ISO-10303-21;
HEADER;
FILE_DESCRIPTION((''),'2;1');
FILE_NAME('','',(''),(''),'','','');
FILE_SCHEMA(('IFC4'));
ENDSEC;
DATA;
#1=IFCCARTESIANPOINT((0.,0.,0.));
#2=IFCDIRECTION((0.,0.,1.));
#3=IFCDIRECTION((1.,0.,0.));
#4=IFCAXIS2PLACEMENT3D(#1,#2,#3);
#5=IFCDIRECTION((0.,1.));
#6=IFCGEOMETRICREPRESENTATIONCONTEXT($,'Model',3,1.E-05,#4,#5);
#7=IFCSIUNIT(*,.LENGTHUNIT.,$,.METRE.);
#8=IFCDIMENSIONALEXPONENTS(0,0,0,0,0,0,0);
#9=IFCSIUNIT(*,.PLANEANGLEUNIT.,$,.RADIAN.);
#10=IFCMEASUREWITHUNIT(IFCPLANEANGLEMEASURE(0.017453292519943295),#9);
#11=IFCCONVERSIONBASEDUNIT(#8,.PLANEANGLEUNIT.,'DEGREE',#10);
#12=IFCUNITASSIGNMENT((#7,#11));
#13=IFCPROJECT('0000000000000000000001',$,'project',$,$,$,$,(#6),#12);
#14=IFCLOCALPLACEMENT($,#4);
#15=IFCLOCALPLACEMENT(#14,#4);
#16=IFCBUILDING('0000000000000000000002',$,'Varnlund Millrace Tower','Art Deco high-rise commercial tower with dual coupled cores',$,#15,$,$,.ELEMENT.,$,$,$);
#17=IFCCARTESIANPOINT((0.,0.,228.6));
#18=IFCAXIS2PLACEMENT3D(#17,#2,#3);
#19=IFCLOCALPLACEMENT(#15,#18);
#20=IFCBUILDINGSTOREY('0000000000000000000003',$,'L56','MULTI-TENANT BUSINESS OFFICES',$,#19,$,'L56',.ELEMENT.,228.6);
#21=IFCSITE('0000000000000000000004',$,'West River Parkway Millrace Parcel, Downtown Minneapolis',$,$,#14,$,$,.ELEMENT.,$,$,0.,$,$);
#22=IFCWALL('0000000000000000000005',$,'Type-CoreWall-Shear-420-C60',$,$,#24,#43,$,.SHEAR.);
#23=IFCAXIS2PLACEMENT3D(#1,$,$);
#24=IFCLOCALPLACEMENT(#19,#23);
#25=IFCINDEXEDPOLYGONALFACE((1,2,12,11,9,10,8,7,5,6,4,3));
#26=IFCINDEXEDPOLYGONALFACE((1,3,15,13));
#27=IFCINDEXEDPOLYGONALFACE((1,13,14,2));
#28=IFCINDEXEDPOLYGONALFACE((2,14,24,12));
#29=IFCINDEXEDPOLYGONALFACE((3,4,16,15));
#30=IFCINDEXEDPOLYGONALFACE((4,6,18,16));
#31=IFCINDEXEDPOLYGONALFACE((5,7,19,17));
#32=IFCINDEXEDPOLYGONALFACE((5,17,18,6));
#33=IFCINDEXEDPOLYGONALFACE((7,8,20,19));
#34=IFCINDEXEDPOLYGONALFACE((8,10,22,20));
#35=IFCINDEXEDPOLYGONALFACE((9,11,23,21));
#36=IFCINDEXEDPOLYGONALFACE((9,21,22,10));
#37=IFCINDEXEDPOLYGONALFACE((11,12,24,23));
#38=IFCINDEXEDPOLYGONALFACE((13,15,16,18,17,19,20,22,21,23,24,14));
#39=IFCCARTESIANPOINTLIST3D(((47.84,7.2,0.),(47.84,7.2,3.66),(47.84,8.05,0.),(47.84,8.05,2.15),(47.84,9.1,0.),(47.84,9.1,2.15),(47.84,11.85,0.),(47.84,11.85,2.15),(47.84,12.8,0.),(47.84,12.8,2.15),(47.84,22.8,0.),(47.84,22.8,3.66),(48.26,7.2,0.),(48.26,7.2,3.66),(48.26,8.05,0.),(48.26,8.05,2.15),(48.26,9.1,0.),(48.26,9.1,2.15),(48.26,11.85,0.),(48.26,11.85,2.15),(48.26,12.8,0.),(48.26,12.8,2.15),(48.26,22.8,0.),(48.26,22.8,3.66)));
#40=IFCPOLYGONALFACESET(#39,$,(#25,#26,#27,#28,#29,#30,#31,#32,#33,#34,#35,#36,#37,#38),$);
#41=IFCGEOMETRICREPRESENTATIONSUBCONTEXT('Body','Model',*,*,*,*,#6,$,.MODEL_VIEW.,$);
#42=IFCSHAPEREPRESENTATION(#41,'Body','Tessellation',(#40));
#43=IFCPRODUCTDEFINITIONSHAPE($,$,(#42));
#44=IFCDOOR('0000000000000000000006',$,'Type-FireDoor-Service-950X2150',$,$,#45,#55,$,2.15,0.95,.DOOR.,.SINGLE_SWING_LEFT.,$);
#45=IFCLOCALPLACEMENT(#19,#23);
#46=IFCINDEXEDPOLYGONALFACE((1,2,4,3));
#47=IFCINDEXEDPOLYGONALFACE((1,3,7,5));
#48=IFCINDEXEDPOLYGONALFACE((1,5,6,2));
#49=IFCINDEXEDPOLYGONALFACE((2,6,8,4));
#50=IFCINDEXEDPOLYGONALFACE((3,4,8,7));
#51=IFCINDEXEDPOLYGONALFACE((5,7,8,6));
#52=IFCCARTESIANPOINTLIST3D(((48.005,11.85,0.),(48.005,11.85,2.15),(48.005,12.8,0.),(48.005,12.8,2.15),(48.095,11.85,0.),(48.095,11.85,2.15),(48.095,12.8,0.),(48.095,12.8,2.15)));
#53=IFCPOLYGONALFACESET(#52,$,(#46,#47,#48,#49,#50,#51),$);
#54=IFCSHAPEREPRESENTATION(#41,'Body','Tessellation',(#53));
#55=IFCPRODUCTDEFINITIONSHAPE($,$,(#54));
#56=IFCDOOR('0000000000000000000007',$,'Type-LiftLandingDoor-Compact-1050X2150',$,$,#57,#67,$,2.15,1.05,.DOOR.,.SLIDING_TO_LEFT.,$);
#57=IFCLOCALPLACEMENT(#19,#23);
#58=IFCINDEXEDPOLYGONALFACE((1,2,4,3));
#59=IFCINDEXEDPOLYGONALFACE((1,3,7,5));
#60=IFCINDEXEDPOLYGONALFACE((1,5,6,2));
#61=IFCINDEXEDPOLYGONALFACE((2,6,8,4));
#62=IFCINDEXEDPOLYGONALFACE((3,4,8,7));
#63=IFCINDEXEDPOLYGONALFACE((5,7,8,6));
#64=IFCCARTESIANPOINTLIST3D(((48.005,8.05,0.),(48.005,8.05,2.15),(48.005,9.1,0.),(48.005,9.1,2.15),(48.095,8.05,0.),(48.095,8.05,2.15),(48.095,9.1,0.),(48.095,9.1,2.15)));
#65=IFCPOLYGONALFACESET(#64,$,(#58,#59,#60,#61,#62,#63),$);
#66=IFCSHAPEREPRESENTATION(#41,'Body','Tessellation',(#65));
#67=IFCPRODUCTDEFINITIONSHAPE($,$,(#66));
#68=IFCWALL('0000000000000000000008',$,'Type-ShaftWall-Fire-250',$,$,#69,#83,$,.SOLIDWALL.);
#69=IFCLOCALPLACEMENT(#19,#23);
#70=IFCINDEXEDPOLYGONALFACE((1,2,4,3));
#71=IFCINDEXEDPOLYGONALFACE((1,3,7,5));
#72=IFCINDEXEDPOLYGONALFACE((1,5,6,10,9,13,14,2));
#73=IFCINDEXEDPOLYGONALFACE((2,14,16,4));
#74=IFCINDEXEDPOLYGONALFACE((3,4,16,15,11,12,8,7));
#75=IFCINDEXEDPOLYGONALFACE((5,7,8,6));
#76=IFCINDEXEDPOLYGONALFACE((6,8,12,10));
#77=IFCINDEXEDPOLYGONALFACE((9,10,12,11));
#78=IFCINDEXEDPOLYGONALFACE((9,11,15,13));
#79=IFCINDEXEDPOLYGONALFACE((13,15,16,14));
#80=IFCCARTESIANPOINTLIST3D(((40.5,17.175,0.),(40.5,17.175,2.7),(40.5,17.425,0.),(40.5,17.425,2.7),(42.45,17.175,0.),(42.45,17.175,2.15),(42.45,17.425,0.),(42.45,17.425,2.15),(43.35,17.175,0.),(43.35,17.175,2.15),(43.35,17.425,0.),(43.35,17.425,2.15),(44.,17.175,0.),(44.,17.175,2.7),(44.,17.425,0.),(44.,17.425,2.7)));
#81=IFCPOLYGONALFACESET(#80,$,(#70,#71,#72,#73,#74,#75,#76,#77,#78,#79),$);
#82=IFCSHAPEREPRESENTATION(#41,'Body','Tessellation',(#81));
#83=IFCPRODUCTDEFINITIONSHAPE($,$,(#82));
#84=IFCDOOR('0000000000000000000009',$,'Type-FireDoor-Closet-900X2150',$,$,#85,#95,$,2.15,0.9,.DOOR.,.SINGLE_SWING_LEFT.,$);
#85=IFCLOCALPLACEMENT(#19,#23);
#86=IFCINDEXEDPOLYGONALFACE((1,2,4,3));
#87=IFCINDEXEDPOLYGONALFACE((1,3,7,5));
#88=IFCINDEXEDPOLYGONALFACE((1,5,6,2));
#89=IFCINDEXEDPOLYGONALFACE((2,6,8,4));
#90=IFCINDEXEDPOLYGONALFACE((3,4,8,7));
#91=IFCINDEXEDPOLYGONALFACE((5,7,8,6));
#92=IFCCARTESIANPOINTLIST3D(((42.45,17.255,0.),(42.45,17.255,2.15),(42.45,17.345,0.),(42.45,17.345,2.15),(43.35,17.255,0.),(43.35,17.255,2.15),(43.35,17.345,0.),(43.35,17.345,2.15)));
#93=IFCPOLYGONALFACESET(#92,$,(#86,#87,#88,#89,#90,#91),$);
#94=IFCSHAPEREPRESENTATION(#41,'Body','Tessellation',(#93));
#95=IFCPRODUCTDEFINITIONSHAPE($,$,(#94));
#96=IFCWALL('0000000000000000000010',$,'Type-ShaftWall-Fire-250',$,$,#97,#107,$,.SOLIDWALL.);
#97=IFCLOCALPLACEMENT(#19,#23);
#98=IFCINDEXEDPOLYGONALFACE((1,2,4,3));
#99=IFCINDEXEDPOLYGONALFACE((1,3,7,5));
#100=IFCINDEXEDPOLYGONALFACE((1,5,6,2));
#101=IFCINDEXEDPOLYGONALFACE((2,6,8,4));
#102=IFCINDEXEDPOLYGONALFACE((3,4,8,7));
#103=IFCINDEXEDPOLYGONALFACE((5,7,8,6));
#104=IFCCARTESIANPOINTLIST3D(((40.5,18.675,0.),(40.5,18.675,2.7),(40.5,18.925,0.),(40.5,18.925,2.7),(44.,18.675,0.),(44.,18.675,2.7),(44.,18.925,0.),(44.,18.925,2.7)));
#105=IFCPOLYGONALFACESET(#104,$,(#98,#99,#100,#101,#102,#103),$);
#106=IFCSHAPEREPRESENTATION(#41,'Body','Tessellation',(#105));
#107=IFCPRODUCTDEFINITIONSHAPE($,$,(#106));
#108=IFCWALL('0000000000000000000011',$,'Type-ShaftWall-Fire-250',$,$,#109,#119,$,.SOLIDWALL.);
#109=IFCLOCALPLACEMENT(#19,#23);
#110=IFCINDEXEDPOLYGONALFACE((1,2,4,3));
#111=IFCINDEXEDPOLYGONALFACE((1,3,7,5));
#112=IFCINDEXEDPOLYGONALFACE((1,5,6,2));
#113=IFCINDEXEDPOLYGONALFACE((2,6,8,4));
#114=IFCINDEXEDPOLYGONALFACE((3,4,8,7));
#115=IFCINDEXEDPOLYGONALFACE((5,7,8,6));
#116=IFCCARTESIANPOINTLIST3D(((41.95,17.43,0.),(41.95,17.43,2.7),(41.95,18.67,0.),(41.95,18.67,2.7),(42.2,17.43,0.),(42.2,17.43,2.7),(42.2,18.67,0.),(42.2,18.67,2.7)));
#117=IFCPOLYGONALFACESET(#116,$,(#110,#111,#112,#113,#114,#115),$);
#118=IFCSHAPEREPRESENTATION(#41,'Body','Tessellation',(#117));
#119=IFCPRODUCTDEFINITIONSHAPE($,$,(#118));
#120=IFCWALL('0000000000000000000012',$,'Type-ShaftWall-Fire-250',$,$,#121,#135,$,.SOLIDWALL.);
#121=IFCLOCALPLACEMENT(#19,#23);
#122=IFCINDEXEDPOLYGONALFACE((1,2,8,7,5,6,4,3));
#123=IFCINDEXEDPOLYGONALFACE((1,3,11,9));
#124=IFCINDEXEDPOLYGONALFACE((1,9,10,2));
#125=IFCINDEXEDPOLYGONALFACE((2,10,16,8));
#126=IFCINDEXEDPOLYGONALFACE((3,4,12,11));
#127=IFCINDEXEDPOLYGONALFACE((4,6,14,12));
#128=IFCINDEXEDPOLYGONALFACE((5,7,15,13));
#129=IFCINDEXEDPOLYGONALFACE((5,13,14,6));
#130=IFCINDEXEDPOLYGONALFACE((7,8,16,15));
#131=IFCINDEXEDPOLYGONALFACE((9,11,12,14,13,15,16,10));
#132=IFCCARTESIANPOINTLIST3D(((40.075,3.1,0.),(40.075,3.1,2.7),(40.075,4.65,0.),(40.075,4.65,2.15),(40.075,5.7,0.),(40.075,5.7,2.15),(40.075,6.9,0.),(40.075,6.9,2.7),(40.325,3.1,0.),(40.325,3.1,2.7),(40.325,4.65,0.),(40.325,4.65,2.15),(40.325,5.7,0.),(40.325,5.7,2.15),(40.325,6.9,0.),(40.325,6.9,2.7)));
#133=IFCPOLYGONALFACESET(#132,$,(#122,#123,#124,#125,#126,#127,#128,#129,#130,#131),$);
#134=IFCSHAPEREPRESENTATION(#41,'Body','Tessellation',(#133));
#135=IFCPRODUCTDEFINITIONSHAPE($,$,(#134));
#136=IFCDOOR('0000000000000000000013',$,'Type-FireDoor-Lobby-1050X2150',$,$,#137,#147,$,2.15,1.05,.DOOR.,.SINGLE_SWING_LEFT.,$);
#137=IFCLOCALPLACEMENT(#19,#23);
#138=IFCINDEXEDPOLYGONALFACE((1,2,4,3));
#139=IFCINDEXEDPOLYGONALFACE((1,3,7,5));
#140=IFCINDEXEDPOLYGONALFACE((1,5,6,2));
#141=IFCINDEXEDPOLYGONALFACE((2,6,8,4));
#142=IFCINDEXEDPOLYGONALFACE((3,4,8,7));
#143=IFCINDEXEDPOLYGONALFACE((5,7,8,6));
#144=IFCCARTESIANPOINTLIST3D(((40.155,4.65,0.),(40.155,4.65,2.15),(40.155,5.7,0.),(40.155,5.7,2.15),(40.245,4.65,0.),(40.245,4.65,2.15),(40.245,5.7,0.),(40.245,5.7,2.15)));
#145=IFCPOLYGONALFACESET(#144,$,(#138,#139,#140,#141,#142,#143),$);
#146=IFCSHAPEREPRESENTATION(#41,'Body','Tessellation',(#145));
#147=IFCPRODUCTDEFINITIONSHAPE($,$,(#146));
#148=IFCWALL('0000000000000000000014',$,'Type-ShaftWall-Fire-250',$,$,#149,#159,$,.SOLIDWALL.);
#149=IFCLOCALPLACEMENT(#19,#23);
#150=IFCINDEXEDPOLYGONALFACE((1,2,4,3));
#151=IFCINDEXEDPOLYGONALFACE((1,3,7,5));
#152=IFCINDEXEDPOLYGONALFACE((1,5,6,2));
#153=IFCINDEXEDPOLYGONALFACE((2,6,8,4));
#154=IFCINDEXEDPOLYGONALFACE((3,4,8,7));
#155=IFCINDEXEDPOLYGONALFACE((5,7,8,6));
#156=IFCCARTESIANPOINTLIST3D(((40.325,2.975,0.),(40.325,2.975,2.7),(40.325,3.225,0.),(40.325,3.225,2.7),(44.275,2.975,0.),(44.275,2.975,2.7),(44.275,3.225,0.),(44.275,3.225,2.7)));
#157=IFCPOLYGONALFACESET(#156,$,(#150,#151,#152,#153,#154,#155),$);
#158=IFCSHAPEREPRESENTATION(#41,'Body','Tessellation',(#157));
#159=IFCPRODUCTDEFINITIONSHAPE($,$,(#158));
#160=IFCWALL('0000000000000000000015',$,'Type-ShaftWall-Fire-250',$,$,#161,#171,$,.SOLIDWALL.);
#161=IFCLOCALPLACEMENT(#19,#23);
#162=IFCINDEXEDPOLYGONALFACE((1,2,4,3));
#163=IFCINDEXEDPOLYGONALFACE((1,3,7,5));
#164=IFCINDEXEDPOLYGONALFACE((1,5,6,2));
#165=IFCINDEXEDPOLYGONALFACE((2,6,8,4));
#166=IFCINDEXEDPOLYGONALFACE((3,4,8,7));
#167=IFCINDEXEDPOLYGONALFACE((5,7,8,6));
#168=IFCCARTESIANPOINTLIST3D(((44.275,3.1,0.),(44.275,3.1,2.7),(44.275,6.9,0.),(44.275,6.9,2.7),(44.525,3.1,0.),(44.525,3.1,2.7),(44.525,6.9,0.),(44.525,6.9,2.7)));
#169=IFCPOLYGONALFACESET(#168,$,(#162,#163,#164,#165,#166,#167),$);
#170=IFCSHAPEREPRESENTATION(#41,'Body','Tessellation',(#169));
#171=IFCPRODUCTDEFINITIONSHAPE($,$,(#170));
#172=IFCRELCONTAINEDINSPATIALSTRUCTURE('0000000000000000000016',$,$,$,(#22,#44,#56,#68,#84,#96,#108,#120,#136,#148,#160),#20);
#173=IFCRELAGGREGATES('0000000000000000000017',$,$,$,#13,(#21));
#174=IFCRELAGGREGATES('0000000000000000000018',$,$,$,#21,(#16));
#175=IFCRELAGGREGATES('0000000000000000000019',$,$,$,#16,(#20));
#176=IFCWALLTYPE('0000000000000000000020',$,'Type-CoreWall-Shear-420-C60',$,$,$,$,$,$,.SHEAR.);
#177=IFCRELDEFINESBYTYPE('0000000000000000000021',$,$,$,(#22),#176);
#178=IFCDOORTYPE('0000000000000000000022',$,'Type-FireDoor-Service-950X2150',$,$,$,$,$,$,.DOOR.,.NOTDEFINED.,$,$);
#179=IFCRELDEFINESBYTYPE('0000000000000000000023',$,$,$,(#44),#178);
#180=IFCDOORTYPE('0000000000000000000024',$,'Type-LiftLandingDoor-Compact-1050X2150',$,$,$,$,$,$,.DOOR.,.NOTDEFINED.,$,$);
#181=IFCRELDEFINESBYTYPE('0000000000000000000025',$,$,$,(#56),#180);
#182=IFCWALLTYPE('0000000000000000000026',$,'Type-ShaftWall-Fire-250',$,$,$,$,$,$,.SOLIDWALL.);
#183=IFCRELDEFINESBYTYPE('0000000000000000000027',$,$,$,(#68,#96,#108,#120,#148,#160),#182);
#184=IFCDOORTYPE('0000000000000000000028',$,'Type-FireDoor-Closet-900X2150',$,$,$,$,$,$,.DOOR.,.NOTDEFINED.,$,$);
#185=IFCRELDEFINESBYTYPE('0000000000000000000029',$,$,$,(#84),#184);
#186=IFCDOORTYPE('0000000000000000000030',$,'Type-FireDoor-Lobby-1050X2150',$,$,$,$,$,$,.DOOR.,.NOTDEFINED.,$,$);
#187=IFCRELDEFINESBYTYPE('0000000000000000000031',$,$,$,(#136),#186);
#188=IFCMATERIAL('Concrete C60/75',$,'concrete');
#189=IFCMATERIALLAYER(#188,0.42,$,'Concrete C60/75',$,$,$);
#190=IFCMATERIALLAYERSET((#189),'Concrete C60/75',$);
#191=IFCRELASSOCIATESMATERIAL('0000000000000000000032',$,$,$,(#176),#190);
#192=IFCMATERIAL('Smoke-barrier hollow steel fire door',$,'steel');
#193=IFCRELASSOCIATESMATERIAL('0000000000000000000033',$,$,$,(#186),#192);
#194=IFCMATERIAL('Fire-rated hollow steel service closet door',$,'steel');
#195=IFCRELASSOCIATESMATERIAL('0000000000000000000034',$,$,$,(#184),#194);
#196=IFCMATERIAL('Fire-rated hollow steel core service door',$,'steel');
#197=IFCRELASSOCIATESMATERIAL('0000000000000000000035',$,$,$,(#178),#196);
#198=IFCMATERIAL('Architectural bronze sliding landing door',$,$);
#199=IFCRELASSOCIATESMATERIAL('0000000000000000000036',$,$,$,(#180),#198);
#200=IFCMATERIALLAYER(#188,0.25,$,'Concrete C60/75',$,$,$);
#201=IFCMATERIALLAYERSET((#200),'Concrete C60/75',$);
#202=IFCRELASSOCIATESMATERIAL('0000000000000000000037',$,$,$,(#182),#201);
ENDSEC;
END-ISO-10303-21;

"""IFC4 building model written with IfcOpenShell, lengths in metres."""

from ifc_helpers import new_model, entity, si_unit, converted_unit, direction, frame, origin_with_axes, origin_2d_with_axis, place, context, subcontext, project, spatial, polyline, rectangle, outline, extrude, material, layer, layer_set, type_object, element, fill, save


model = new_model("IFC4")

# Units and contexts
model_context = context("Model", 3, precision=1e-05, world=origin_with_axes(), true_north=direction((0.0, 1.0)))
body_context = subcontext(model_context, "Body", "Model", "MODEL_VIEW")
ifc_project = project(units=[si_unit("LENGTHUNIT", "METRE"), converted_unit("PLANEANGLEUNIT", "DEGREE", entity("IfcPlaneAngleMeasure", 0.017453292519943295), si_unit("PLANEANGLEUNIT", "RADIAN"), dimensions=[0, 0, 0, 0, 0, 0, 0])], contexts=[model_context])

# Site, building, storey
site_placement = place(None, origin_with_axes())
site = spatial("IfcSite", under=ifc_project, at=site_placement, Name="West River Parkway Millrace Parcel, Downtown Minneapolis", CompositionType="ELEMENT", RefElevation=0.0)
building_placement = place(site_placement, origin_with_axes())
building = spatial("IfcBuilding", under=site, at=building_placement, Name="Varnlund Millrace Tower", Description="Art Deco high-rise commercial tower with dual coupled cores", CompositionType="ELEMENT")
storey_placement = place(building_placement, frame((0.0, 0.0, 228.6), z_axis=(0.0, 0.0, 1.0), x_axis=(1.0, 0.0, 0.0)))
storey = spatial("IfcBuildingStorey", under=building, at=storey_placement, Name="L56", Description="MULTI-TENANT BUSINESS OFFICES", LongName="L56", CompositionType="ELEMENT", Elevation=228.6)

# Shared definitions
ifc_material_1 = material(Name="Concrete C60/75", Category="concrete")
ifc_layer_1 = layer(ifc_material_1, 0.42, Name="Concrete C60/75")
ifc_layer_set_1 = layer_set([ifc_layer_1], Name="Concrete C60/75")
wall_type_1 = type_object("IfcWallType", Name="Type-CoreWall-Shear-420-C60", PredefinedType="SHEAR", material=ifc_layer_set_1)
ifc_material_2 = material(Name="Smoke-barrier hollow steel fire door", Category="steel")
door_type_1 = type_object("IfcDoorType", Name="Type-FireDoor-Lobby-1050X2150", OperationType="NOTDEFINED", PredefinedType="DOOR", material=ifc_material_2)

# Shared definitions
ifc_material_3 = material(Name="Fire-rated hollow steel service closet door", Category="steel")
door_type_2 = type_object("IfcDoorType", Name="Type-FireDoor-Closet-900X2150", OperationType="NOTDEFINED", PredefinedType="DOOR", material=ifc_material_3)

# Wall, openings, doors
wall_1_placement = place(storey_placement, frame((48.05, 7.2, 0.0), z_axis=(0.0, 0.0, 1.0), x_axis=(0.0, 1.0, 0.0)))
wall_1 = element("IfcWall", 1, at=wall_1_placement, inside=storey, type_object=wall_type_1, Name="Type-CoreWall-Shear-420-C60", PredefinedType="SHEAR", context=body_context, shape_type="SweptSolid", body=[
    extrude(outline(polyline([(0.0, -0.21), (15.6, -0.21), (15.6, 0.21), (0.0, 0.21), (0.0, -0.21)])), origin_with_axes(), (0.0, 0.0, 1.0), 3.66),
])
opening_1_placement = place(wall_1_placement, frame((1.375, 0.0, 0.0), z_axis=(0.0, 0.0, 1.0), x_axis=(1.0, 0.0, 0.0)))
opening_1 = element("IfcOpeningElement", 2, at=opening_1_placement, cuts=wall_1, PredefinedType="OPENING", context=body_context, shape_type="SweptSolid", body=[
    extrude(rectangle(XDim=1.05, YDim=0.44, at=origin_2d_with_axis()), origin_with_axes(), (0.0, 0.0, 1.0), 2.15),
])
opening_2_placement = place(wall_1_placement, frame((5.125, 0.0, 0.0), z_axis=(0.0, 0.0, 1.0), x_axis=(1.0, 0.0, 0.0)))
opening_2 = element("IfcOpeningElement", 3, at=opening_2_placement, cuts=wall_1, PredefinedType="OPENING", context=body_context, shape_type="SweptSolid", body=[
    extrude(rectangle(XDim=0.95, YDim=0.44, at=origin_2d_with_axis()), origin_with_axes(), (0.0, 0.0, 1.0), 2.15),
])
ifc_material_4 = material(Name="Fire-rated hollow steel core service door", Category="steel")
door_type_3 = type_object("IfcDoorType", Name="Type-FireDoor-Service-950X2150", OperationType="NOTDEFINED", PredefinedType="DOOR", material=ifc_material_4)
door_1_placement = place(wall_1_placement, frame((5.125, 0.0, 0.0), z_axis=(0.0, 0.0, 1.0), x_axis=(1.0, 0.0, 0.0)))
door_1 = element("IfcDoor", 4, at=door_1_placement, inside=storey, type_object=door_type_3, Name="Type-FireDoor-Service-950X2150", OperationType="SINGLE_SWING_LEFT", OverallHeight=2.15, OverallWidth=0.95, PredefinedType="DOOR", context=body_context, shape_type="SweptSolid", body=[
    extrude(rectangle(XDim=0.95, YDim=0.09, at=origin_2d_with_axis()), origin_with_axes(), (0.0, 0.0, 1.0), 2.15),
])
fill(opening_2, door_1)
ifc_material_5 = material(Name="Architectural bronze sliding landing door")
door_type_4 = type_object("IfcDoorType", Name="Type-LiftLandingDoor-Compact-1050X2150", OperationType="NOTDEFINED", PredefinedType="DOOR", material=ifc_material_5)
door_2_placement = place(wall_1_placement, frame((1.375, 0.0, 0.0), z_axis=(0.0, 0.0, 1.0), x_axis=(1.0, 0.0, 0.0)))
door_2 = element("IfcDoor", 5, at=door_2_placement, inside=storey, type_object=door_type_4, Name="Type-LiftLandingDoor-Compact-1050X2150", OperationType="SLIDING_TO_LEFT", OverallHeight=2.15, OverallWidth=1.05, PredefinedType="DOOR", context=body_context, shape_type="SweptSolid", body=[
    extrude(rectangle(XDim=1.05, YDim=0.09, at=origin_2d_with_axis()), origin_with_axes(), (0.0, 0.0, 1.0), 2.15),
])
fill(opening_1, door_2)

# Wall, opening, door
ifc_layer_2 = layer(ifc_material_1, 0.25, Name="Concrete C60/75")
ifc_layer_set_2 = layer_set([ifc_layer_2], Name="Concrete C60/75")
wall_type_2 = type_object("IfcWallType", Name="Type-ShaftWall-Fire-250", PredefinedType="SOLIDWALL", material=ifc_layer_set_2)
wall_2_placement = place(storey_placement, frame((40.5, 17.3, 0.0), z_axis=(0.0, 0.0, 1.0), x_axis=(1.0, 0.0, 0.0)))
wall_2 = element("IfcWall", 6, at=wall_2_placement, inside=storey, type_object=wall_type_2, Name="Type-ShaftWall-Fire-250", PredefinedType="SOLIDWALL", context=body_context, shape_type="SweptSolid", body=[
    extrude(outline(polyline([(0.0, -0.125), (3.5, -0.125), (3.5, 0.125), (0.0, 0.125), (0.0, -0.125)])), origin_with_axes(), (0.0, 0.0, 1.0), 2.7),
])
opening_3_placement = place(wall_2_placement, frame((2.4, 0.0, 0.0), z_axis=(0.0, 0.0, 1.0), x_axis=(1.0, 0.0, 0.0)))
opening_3 = element("IfcOpeningElement", 7, at=opening_3_placement, cuts=wall_2, PredefinedType="OPENING", context=body_context, shape_type="SweptSolid", body=[
    extrude(rectangle(XDim=0.9, YDim=0.27, at=origin_2d_with_axis()), origin_with_axes(), (0.0, 0.0, 1.0), 2.15),
])
door_3_placement = place(wall_2_placement, frame((2.4, 0.0, 0.0), z_axis=(0.0, 0.0, 1.0), x_axis=(1.0, 0.0, 0.0)))
door_3 = element("IfcDoor", 8, at=door_3_placement, inside=storey, type_object=door_type_2, Name="Type-FireDoor-Closet-900X2150", OperationType="SINGLE_SWING_LEFT", OverallHeight=2.15, OverallWidth=0.9, PredefinedType="DOOR", context=body_context, shape_type="SweptSolid", body=[
    extrude(rectangle(XDim=0.9, YDim=0.09, at=origin_2d_with_axis()), origin_with_axes(), (0.0, 0.0, 1.0), 2.15),
])
fill(opening_3, door_3)

# Walls
wall_3_placement = place(storey_placement, frame((40.5, 18.8, 0.0), z_axis=(0.0, 0.0, 1.0), x_axis=(1.0, 0.0, 0.0)))
element("IfcWall", 9, at=wall_3_placement, inside=storey, type_object=wall_type_2, Name="Type-ShaftWall-Fire-250", PredefinedType="SOLIDWALL", context=body_context, shape_type="SweptSolid", body=[
    extrude(outline(polyline([(0.0, -0.125), (3.5, -0.125), (3.5, 0.125), (0.0, 0.125), (0.0, -0.125)])), origin_with_axes(), (0.0, 0.0, 1.0), 2.7),
])
wall_4_placement = place(storey_placement, frame((42.075, 17.43, 0.0), z_axis=(0.0, 0.0, 1.0), x_axis=(0.0, 1.0, 0.0)))
element("IfcWall", 10, at=wall_4_placement, inside=storey, type_object=wall_type_2, Name="Type-ShaftWall-Fire-250", PredefinedType="SOLIDWALL", context=body_context, shape_type="SweptSolid", body=[
    extrude(outline(polyline([(0.0, -0.125), (1.24, -0.125), (1.24, 0.125), (0.0, 0.125), (0.0, -0.125)])), origin_with_axes(), (0.0, 0.0, 1.0), 2.7),
])

# Wall, opening, door
wall_5_placement = place(storey_placement, frame((40.2, 3.1, 0.0), z_axis=(0.0, 0.0, 1.0), x_axis=(0.0, 1.0, 0.0)))
wall_5 = element("IfcWall", 11, at=wall_5_placement, inside=storey, type_object=wall_type_2, Name="Type-ShaftWall-Fire-250", PredefinedType="SOLIDWALL", context=body_context, shape_type="SweptSolid", body=[
    extrude(outline(polyline([(0.0, -0.125), (3.8, -0.125), (3.8, 0.125), (0.0, 0.125), (0.0, -0.125)])), origin_with_axes(), (0.0, 0.0, 1.0), 2.7),
])
opening_4_placement = place(wall_5_placement, frame((2.075, 0.0, 0.0), z_axis=(0.0, 0.0, 1.0), x_axis=(1.0, 0.0, 0.0)))
opening_4 = element("IfcOpeningElement", 12, at=opening_4_placement, cuts=wall_5, PredefinedType="OPENING", context=body_context, shape_type="SweptSolid", body=[
    extrude(rectangle(XDim=1.05, YDim=0.27, at=origin_2d_with_axis()), origin_with_axes(), (0.0, 0.0, 1.0), 2.15),
])
door_4_placement = place(wall_5_placement, frame((2.075, 0.0, 0.0), z_axis=(0.0, 0.0, 1.0), x_axis=(1.0, 0.0, 0.0)))
door_4 = element("IfcDoor", 13, at=door_4_placement, inside=storey, type_object=door_type_1, Name="Type-FireDoor-Lobby-1050X2150", OperationType="SINGLE_SWING_LEFT", OverallHeight=2.15, OverallWidth=1.05, PredefinedType="DOOR", context=body_context, shape_type="SweptSolid", body=[
    extrude(rectangle(XDim=1.05, YDim=0.09, at=origin_2d_with_axis()), origin_with_axes(), (0.0, 0.0, 1.0), 2.15),
])
fill(opening_4, door_4)

# Walls
wall_6_placement = place(storey_placement, frame((40.325, 3.1, 0.0), z_axis=(0.0, 0.0, 1.0), x_axis=(1.0, 0.0, 0.0)))
element("IfcWall", 14, at=wall_6_placement, inside=storey, type_object=wall_type_2, Name="Type-ShaftWall-Fire-250", PredefinedType="SOLIDWALL", context=body_context, shape_type="SweptSolid", body=[
    extrude(outline(polyline([(0.0, -0.125), (3.95, -0.125), (3.95, 0.125), (0.0, 0.125), (0.0, -0.125)])), origin_with_axes(), (0.0, 0.0, 1.0), 2.7),
])
wall_7_placement = place(storey_placement, frame((44.4, 3.1, 0.0), z_axis=(0.0, 0.0, 1.0), x_axis=(0.0, 1.0, 0.0)))
element("IfcWall", 15, at=wall_7_placement, inside=storey, type_object=wall_type_2, Name="Type-ShaftWall-Fire-250", PredefinedType="SOLIDWALL", context=body_context, shape_type="SweptSolid", body=[
    extrude(outline(polyline([(0.0, -0.125), (3.8, -0.125), (3.8, 0.125), (0.0, 0.125), (0.0, -0.125)])), origin_with_axes(), (0.0, 0.0, 1.0), 2.7),
])

save(model, "model.ifc")
